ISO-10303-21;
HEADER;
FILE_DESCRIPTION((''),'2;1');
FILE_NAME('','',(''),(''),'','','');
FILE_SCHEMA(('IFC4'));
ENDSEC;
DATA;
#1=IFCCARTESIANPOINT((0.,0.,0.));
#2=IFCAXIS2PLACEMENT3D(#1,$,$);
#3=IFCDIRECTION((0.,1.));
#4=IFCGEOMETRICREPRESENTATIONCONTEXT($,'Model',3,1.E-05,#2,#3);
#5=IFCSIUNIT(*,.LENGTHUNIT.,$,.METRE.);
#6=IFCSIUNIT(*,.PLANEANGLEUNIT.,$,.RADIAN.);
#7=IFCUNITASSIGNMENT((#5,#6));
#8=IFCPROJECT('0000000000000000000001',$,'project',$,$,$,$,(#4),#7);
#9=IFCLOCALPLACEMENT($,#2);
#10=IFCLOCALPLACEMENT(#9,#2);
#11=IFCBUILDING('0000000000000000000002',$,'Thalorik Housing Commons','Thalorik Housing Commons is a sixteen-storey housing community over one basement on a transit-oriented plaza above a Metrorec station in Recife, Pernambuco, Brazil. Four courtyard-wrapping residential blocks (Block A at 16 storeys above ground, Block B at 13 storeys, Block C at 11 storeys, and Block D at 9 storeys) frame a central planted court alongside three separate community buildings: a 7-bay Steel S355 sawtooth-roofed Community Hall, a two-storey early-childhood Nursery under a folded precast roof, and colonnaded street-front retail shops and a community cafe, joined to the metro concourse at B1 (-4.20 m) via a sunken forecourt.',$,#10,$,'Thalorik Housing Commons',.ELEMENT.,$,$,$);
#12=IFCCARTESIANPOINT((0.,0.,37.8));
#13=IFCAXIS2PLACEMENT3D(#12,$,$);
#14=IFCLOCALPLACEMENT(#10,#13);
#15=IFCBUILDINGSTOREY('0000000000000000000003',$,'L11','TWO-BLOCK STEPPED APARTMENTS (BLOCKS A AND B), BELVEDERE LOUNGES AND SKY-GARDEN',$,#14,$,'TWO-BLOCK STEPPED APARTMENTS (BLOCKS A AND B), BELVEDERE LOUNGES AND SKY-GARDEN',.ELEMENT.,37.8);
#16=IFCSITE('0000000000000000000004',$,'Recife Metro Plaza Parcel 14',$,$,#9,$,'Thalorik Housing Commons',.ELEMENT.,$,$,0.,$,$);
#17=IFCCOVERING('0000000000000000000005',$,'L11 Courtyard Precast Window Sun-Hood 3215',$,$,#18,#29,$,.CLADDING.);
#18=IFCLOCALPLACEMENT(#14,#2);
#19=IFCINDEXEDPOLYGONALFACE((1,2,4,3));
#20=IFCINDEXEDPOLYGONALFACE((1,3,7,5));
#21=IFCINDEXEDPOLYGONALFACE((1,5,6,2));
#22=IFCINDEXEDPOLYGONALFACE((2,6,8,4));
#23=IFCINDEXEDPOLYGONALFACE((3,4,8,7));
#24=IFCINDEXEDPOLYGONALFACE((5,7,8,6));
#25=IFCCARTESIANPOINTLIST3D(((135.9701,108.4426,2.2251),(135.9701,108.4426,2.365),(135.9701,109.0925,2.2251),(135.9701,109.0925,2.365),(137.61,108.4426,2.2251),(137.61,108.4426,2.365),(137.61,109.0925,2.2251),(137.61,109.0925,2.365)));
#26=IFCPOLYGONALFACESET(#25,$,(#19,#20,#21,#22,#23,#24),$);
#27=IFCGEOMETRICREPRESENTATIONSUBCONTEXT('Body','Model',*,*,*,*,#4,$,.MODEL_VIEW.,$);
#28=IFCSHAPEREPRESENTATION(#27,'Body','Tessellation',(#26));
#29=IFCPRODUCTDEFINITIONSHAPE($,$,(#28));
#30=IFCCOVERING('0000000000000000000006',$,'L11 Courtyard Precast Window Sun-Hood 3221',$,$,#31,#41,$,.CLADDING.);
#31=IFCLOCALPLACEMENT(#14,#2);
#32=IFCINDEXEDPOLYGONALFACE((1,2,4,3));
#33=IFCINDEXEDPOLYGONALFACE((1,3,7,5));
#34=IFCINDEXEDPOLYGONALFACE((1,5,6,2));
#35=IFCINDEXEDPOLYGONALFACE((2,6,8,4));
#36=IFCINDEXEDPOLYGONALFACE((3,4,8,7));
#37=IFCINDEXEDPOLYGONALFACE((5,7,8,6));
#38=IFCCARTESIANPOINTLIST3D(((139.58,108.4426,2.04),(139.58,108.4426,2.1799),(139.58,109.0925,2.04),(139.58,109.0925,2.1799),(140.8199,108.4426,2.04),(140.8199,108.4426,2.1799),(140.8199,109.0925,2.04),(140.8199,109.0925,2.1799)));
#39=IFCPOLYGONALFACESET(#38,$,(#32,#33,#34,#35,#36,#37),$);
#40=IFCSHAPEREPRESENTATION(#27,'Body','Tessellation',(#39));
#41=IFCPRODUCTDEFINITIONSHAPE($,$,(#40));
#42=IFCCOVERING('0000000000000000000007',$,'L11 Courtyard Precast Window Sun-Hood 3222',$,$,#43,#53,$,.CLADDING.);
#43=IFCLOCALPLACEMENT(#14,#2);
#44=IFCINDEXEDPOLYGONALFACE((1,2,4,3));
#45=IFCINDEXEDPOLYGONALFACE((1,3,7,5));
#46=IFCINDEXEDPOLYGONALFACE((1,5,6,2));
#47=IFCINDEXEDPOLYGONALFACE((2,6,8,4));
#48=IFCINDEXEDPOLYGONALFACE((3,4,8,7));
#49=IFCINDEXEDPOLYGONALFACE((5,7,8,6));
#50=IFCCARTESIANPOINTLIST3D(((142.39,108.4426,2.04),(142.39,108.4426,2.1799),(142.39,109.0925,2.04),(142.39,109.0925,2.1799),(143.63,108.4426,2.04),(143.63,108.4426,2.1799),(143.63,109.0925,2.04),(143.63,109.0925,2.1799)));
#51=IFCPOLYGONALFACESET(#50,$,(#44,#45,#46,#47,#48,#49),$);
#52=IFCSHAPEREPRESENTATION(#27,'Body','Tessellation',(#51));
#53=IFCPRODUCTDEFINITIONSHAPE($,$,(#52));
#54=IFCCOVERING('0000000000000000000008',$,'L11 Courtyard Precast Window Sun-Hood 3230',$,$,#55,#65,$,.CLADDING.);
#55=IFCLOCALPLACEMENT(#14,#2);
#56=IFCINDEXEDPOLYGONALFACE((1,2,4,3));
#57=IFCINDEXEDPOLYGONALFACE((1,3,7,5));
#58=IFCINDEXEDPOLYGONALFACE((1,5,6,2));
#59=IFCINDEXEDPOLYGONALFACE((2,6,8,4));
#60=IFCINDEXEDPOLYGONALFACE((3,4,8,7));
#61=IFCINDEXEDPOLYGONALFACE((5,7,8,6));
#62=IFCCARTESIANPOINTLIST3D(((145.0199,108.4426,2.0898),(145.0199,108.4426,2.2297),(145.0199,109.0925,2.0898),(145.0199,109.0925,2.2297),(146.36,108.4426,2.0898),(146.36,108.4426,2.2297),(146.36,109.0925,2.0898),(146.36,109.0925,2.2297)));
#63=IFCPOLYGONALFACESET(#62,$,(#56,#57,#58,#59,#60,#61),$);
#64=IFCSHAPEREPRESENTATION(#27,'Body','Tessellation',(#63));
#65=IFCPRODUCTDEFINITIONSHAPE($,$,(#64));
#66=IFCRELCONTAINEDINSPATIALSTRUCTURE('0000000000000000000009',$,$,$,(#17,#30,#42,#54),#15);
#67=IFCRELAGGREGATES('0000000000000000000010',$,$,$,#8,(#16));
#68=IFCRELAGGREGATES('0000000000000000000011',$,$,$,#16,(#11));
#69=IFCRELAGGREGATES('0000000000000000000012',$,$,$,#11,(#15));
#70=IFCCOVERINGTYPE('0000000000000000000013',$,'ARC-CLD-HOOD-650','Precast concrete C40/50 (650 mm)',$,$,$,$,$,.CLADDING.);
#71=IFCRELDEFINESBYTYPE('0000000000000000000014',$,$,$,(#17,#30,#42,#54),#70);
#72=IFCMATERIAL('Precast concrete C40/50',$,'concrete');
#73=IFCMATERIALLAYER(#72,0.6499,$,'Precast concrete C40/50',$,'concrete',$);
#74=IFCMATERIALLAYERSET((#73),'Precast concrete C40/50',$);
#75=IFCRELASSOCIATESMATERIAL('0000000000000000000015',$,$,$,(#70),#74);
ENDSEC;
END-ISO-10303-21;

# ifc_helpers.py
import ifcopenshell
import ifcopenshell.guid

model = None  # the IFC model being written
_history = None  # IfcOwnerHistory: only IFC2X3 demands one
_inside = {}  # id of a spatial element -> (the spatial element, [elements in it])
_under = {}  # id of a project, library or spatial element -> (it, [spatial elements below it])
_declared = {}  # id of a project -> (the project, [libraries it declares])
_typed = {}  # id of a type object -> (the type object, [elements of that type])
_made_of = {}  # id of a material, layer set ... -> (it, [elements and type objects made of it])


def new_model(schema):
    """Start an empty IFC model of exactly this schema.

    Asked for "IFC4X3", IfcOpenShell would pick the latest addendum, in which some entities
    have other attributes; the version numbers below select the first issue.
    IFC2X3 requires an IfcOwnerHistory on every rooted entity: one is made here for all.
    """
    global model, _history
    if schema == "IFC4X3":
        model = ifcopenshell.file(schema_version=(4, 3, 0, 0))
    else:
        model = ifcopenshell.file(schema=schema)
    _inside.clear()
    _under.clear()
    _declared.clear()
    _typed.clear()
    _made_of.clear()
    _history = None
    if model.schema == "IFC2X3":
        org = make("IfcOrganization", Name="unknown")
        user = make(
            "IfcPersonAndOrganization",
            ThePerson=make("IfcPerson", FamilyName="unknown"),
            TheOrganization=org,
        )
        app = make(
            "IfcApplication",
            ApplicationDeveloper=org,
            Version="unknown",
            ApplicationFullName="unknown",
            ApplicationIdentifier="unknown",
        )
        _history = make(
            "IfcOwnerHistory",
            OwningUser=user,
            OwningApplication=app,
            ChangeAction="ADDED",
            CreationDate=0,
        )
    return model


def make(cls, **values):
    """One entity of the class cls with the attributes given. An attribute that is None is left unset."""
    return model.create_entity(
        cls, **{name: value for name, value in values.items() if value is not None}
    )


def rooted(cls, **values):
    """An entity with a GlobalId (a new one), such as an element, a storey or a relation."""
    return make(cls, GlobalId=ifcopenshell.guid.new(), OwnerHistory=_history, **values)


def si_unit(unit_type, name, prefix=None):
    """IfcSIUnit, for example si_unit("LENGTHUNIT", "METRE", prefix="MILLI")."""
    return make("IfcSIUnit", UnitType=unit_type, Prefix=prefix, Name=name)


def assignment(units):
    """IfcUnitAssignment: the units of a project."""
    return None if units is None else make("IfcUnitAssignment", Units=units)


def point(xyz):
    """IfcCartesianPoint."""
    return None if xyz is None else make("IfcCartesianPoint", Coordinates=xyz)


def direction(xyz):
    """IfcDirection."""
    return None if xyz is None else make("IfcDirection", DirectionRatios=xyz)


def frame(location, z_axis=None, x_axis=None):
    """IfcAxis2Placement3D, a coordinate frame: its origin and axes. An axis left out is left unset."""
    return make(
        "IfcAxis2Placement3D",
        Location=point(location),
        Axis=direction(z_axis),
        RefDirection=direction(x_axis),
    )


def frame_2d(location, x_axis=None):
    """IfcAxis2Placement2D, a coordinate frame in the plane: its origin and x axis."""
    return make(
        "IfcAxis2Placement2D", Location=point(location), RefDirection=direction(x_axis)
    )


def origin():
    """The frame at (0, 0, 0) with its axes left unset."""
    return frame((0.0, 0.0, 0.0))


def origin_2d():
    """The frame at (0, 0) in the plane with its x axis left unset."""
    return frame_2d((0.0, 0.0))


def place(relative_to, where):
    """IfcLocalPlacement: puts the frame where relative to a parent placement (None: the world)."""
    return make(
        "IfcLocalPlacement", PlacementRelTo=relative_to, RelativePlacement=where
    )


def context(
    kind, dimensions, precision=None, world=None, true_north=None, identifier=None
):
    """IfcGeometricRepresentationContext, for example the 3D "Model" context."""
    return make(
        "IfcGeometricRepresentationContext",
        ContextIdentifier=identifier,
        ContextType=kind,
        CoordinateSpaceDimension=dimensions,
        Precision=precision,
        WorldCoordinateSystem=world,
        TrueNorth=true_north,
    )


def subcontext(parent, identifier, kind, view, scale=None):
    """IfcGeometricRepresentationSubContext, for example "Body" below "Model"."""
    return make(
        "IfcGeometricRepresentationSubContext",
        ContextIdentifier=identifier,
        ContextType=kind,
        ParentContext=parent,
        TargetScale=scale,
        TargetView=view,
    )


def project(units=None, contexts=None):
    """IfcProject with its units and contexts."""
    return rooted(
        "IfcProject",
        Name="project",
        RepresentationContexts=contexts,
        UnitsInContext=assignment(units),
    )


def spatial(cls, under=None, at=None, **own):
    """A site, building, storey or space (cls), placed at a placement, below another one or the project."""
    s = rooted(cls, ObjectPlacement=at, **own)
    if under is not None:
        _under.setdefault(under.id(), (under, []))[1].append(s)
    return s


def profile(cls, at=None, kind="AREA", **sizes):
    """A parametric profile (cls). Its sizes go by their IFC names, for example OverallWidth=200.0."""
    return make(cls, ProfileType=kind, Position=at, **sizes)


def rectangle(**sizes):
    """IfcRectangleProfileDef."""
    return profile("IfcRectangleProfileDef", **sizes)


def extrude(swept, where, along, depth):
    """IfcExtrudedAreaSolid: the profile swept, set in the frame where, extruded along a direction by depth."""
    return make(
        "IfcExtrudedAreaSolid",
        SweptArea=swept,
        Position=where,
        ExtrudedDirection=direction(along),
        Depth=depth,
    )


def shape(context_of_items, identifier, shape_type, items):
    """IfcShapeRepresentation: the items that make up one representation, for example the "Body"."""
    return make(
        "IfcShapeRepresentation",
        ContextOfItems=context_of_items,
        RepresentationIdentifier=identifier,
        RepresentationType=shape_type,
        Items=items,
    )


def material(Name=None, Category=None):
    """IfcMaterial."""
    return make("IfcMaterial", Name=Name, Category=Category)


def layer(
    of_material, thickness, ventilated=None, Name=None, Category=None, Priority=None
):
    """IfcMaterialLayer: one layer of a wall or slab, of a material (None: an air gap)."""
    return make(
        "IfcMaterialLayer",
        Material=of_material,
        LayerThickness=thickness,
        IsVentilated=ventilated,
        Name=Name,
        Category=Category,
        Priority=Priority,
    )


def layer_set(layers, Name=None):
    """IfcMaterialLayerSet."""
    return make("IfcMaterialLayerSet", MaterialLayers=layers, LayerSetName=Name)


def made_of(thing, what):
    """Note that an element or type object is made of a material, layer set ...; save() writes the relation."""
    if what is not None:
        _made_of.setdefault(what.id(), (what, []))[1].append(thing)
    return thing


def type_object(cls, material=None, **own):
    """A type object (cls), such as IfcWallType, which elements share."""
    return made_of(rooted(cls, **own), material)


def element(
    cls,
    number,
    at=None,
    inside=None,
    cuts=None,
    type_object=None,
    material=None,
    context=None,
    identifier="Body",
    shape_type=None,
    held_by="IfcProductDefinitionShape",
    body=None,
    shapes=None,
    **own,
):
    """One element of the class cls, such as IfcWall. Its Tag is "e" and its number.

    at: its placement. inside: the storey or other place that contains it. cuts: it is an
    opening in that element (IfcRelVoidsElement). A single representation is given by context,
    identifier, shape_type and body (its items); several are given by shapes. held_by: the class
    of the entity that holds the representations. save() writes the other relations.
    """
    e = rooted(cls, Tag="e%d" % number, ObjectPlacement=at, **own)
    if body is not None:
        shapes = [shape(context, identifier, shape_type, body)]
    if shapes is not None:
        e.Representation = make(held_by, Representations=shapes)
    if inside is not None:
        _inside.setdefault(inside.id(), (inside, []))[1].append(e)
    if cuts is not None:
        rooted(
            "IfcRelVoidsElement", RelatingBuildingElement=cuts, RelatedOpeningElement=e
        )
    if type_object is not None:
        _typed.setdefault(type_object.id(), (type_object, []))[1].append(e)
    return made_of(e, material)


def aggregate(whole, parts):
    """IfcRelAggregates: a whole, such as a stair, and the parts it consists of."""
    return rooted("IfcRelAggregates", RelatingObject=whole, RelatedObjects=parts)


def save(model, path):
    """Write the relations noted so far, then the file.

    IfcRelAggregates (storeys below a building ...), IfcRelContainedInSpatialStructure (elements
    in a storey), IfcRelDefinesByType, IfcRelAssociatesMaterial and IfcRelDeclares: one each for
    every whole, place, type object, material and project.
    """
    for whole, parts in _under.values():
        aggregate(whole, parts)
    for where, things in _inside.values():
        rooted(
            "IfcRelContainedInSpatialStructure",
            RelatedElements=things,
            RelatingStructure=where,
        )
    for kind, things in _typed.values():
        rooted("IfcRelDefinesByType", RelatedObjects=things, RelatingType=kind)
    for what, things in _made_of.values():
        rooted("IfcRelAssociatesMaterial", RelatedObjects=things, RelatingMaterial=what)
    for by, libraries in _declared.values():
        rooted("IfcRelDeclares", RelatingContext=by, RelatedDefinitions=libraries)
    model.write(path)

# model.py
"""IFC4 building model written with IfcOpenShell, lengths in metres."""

from ifc_helpers import new_model, si_unit, direction, frame, origin, origin_2d, place, context, subcontext, project, spatial, rectangle, extrude, material, layer, layer_set, type_object, element, save


model = new_model("IFC4")

# Units and contexts
model_context = context("Model", 3, precision=1e-05, world=origin(), true_north=direction((0.0, 1.0)))
body_context = subcontext(model_context, "Body", "Model", "MODEL_VIEW")
ifc_project = project(units=[si_unit("LENGTHUNIT", "METRE"), si_unit("PLANEANGLEUNIT", "RADIAN")], contexts=[model_context])

# Site, building, storey
site_placement = place(None, origin())
site = spatial("IfcSite", under=ifc_project, at=site_placement, Name="Recife Metro Plaza Parcel 14", LongName="Thalorik Housing Commons", CompositionType="ELEMENT", RefElevation=0.0)
building_placement = place(site_placement, origin())
building = spatial("IfcBuilding", under=site, at=building_placement, Name="Thalorik Housing Commons", Description="Thalorik Housing Commons is a sixteen-storey housing community over one basement on a transit-oriented plaza above a Metrorec station in Recife, Pernambuco, Brazil. Four courtyard-wrapping residential blocks (Block A at 16 storeys above ground, Block B at 13 storeys, Block C at 11 storeys, and Block D at 9 storeys) frame a central planted court alongside three separate community buildings: a 7-bay Steel S355 sawtooth-roofed Community Hall, a two-storey early-childhood Nursery under a folded precast roof, and colonnaded street-front retail shops and a community cafe, joined to the metro concourse at B1 (-4.20 m) via a sunken forecourt.", LongName="Thalorik Housing Commons", CompositionType="ELEMENT")
storey_placement = place(building_placement, frame((0.0, 0.0, 37.8)))
storey = spatial("IfcBuildingStorey", under=building, at=storey_placement, Name="L11", Description="TWO-BLOCK STEPPED APARTMENTS (BLOCKS A AND B), BELVEDERE LOUNGES AND SKY-GARDEN", LongName="TWO-BLOCK STEPPED APARTMENTS (BLOCKS A AND B), BELVEDERE LOUNGES AND SKY-GARDEN", CompositionType="ELEMENT", Elevation=37.8)

# Coverings
ifc_material = material(Name="Precast concrete C40/50", Category="concrete")
ifc_layer_1 = layer(ifc_material, 0.6499, Name="Precast concrete C40/50", Category="concrete")
ifc_layer_set_1 = layer_set([ifc_layer_1], Name="Precast concrete C40/50")
covering_type_1 = type_object("IfcCoveringType", Name="ARC-CLD-HOOD-650", Description="Precast concrete C40/50 (650 mm)", PredefinedType="CLADDING", material=ifc_layer_set_1)
covering_1_placement = place(storey_placement, frame((136.79, 108.7676, 2.2251), z_axis=(0.0, 0.0, 1.0), x_axis=(1.0, 0.0, 0.0)))
element("IfcCovering", 1, at=covering_1_placement, inside=storey, type_object=covering_type_1, Name="L11 Courtyard Precast Window Sun-Hood 3215", PredefinedType="CLADDING", context=body_context, shape_type="SweptSolid", body=[
    extrude(rectangle(XDim=1.6399, YDim=0.6499, at=origin_2d()), origin(), (0.0, 0.0, 1.0), 0.1399),
])
for number, where, z_axis, x_axis, name in (
    (2, (140.2, 108.7676, 2.04), (0.0, 0.0, 1.0), (1.0, 0.0, 0.0), "L11 Courtyard Precast Window Sun-Hood 3221"),
    (3, (143.01, 108.7676, 2.04), (0.0, 0.0, 1.0), (1.0, 0.0, 0.0), "L11 Courtyard Precast Window Sun-Hood 3222"),
):
    element("IfcCovering", number, at=place(storey_placement, frame(where, z_axis=z_axis, x_axis=x_axis)), inside=storey, type_object=covering_type_1, Name=name, PredefinedType="CLADDING", context=body_context, shape_type="SweptSolid", body=[
        extrude(rectangle(XDim=1.24, YDim=0.6499, at=origin_2d()), origin(), (0.0, 0.0, 1.0), 0.1399),
    ])
covering_2_placement = place(storey_placement, frame((145.6899, 108.7676, 2.0898), z_axis=(0.0, 0.0, 1.0), x_axis=(1.0, 0.0, 0.0)))
element("IfcCovering", 4, at=covering_2_placement, inside=storey, type_object=covering_type_1, Name="L11 Courtyard Precast Window Sun-Hood 3230", PredefinedType="CLADDING", context=body_context, shape_type="SweptSolid", body=[
    extrude(rectangle(XDim=1.3401, YDim=0.6499, at=origin_2d()), origin(), (0.0, 0.0, 1.0), 0.1399),
])

save(model, "model.ifc")
